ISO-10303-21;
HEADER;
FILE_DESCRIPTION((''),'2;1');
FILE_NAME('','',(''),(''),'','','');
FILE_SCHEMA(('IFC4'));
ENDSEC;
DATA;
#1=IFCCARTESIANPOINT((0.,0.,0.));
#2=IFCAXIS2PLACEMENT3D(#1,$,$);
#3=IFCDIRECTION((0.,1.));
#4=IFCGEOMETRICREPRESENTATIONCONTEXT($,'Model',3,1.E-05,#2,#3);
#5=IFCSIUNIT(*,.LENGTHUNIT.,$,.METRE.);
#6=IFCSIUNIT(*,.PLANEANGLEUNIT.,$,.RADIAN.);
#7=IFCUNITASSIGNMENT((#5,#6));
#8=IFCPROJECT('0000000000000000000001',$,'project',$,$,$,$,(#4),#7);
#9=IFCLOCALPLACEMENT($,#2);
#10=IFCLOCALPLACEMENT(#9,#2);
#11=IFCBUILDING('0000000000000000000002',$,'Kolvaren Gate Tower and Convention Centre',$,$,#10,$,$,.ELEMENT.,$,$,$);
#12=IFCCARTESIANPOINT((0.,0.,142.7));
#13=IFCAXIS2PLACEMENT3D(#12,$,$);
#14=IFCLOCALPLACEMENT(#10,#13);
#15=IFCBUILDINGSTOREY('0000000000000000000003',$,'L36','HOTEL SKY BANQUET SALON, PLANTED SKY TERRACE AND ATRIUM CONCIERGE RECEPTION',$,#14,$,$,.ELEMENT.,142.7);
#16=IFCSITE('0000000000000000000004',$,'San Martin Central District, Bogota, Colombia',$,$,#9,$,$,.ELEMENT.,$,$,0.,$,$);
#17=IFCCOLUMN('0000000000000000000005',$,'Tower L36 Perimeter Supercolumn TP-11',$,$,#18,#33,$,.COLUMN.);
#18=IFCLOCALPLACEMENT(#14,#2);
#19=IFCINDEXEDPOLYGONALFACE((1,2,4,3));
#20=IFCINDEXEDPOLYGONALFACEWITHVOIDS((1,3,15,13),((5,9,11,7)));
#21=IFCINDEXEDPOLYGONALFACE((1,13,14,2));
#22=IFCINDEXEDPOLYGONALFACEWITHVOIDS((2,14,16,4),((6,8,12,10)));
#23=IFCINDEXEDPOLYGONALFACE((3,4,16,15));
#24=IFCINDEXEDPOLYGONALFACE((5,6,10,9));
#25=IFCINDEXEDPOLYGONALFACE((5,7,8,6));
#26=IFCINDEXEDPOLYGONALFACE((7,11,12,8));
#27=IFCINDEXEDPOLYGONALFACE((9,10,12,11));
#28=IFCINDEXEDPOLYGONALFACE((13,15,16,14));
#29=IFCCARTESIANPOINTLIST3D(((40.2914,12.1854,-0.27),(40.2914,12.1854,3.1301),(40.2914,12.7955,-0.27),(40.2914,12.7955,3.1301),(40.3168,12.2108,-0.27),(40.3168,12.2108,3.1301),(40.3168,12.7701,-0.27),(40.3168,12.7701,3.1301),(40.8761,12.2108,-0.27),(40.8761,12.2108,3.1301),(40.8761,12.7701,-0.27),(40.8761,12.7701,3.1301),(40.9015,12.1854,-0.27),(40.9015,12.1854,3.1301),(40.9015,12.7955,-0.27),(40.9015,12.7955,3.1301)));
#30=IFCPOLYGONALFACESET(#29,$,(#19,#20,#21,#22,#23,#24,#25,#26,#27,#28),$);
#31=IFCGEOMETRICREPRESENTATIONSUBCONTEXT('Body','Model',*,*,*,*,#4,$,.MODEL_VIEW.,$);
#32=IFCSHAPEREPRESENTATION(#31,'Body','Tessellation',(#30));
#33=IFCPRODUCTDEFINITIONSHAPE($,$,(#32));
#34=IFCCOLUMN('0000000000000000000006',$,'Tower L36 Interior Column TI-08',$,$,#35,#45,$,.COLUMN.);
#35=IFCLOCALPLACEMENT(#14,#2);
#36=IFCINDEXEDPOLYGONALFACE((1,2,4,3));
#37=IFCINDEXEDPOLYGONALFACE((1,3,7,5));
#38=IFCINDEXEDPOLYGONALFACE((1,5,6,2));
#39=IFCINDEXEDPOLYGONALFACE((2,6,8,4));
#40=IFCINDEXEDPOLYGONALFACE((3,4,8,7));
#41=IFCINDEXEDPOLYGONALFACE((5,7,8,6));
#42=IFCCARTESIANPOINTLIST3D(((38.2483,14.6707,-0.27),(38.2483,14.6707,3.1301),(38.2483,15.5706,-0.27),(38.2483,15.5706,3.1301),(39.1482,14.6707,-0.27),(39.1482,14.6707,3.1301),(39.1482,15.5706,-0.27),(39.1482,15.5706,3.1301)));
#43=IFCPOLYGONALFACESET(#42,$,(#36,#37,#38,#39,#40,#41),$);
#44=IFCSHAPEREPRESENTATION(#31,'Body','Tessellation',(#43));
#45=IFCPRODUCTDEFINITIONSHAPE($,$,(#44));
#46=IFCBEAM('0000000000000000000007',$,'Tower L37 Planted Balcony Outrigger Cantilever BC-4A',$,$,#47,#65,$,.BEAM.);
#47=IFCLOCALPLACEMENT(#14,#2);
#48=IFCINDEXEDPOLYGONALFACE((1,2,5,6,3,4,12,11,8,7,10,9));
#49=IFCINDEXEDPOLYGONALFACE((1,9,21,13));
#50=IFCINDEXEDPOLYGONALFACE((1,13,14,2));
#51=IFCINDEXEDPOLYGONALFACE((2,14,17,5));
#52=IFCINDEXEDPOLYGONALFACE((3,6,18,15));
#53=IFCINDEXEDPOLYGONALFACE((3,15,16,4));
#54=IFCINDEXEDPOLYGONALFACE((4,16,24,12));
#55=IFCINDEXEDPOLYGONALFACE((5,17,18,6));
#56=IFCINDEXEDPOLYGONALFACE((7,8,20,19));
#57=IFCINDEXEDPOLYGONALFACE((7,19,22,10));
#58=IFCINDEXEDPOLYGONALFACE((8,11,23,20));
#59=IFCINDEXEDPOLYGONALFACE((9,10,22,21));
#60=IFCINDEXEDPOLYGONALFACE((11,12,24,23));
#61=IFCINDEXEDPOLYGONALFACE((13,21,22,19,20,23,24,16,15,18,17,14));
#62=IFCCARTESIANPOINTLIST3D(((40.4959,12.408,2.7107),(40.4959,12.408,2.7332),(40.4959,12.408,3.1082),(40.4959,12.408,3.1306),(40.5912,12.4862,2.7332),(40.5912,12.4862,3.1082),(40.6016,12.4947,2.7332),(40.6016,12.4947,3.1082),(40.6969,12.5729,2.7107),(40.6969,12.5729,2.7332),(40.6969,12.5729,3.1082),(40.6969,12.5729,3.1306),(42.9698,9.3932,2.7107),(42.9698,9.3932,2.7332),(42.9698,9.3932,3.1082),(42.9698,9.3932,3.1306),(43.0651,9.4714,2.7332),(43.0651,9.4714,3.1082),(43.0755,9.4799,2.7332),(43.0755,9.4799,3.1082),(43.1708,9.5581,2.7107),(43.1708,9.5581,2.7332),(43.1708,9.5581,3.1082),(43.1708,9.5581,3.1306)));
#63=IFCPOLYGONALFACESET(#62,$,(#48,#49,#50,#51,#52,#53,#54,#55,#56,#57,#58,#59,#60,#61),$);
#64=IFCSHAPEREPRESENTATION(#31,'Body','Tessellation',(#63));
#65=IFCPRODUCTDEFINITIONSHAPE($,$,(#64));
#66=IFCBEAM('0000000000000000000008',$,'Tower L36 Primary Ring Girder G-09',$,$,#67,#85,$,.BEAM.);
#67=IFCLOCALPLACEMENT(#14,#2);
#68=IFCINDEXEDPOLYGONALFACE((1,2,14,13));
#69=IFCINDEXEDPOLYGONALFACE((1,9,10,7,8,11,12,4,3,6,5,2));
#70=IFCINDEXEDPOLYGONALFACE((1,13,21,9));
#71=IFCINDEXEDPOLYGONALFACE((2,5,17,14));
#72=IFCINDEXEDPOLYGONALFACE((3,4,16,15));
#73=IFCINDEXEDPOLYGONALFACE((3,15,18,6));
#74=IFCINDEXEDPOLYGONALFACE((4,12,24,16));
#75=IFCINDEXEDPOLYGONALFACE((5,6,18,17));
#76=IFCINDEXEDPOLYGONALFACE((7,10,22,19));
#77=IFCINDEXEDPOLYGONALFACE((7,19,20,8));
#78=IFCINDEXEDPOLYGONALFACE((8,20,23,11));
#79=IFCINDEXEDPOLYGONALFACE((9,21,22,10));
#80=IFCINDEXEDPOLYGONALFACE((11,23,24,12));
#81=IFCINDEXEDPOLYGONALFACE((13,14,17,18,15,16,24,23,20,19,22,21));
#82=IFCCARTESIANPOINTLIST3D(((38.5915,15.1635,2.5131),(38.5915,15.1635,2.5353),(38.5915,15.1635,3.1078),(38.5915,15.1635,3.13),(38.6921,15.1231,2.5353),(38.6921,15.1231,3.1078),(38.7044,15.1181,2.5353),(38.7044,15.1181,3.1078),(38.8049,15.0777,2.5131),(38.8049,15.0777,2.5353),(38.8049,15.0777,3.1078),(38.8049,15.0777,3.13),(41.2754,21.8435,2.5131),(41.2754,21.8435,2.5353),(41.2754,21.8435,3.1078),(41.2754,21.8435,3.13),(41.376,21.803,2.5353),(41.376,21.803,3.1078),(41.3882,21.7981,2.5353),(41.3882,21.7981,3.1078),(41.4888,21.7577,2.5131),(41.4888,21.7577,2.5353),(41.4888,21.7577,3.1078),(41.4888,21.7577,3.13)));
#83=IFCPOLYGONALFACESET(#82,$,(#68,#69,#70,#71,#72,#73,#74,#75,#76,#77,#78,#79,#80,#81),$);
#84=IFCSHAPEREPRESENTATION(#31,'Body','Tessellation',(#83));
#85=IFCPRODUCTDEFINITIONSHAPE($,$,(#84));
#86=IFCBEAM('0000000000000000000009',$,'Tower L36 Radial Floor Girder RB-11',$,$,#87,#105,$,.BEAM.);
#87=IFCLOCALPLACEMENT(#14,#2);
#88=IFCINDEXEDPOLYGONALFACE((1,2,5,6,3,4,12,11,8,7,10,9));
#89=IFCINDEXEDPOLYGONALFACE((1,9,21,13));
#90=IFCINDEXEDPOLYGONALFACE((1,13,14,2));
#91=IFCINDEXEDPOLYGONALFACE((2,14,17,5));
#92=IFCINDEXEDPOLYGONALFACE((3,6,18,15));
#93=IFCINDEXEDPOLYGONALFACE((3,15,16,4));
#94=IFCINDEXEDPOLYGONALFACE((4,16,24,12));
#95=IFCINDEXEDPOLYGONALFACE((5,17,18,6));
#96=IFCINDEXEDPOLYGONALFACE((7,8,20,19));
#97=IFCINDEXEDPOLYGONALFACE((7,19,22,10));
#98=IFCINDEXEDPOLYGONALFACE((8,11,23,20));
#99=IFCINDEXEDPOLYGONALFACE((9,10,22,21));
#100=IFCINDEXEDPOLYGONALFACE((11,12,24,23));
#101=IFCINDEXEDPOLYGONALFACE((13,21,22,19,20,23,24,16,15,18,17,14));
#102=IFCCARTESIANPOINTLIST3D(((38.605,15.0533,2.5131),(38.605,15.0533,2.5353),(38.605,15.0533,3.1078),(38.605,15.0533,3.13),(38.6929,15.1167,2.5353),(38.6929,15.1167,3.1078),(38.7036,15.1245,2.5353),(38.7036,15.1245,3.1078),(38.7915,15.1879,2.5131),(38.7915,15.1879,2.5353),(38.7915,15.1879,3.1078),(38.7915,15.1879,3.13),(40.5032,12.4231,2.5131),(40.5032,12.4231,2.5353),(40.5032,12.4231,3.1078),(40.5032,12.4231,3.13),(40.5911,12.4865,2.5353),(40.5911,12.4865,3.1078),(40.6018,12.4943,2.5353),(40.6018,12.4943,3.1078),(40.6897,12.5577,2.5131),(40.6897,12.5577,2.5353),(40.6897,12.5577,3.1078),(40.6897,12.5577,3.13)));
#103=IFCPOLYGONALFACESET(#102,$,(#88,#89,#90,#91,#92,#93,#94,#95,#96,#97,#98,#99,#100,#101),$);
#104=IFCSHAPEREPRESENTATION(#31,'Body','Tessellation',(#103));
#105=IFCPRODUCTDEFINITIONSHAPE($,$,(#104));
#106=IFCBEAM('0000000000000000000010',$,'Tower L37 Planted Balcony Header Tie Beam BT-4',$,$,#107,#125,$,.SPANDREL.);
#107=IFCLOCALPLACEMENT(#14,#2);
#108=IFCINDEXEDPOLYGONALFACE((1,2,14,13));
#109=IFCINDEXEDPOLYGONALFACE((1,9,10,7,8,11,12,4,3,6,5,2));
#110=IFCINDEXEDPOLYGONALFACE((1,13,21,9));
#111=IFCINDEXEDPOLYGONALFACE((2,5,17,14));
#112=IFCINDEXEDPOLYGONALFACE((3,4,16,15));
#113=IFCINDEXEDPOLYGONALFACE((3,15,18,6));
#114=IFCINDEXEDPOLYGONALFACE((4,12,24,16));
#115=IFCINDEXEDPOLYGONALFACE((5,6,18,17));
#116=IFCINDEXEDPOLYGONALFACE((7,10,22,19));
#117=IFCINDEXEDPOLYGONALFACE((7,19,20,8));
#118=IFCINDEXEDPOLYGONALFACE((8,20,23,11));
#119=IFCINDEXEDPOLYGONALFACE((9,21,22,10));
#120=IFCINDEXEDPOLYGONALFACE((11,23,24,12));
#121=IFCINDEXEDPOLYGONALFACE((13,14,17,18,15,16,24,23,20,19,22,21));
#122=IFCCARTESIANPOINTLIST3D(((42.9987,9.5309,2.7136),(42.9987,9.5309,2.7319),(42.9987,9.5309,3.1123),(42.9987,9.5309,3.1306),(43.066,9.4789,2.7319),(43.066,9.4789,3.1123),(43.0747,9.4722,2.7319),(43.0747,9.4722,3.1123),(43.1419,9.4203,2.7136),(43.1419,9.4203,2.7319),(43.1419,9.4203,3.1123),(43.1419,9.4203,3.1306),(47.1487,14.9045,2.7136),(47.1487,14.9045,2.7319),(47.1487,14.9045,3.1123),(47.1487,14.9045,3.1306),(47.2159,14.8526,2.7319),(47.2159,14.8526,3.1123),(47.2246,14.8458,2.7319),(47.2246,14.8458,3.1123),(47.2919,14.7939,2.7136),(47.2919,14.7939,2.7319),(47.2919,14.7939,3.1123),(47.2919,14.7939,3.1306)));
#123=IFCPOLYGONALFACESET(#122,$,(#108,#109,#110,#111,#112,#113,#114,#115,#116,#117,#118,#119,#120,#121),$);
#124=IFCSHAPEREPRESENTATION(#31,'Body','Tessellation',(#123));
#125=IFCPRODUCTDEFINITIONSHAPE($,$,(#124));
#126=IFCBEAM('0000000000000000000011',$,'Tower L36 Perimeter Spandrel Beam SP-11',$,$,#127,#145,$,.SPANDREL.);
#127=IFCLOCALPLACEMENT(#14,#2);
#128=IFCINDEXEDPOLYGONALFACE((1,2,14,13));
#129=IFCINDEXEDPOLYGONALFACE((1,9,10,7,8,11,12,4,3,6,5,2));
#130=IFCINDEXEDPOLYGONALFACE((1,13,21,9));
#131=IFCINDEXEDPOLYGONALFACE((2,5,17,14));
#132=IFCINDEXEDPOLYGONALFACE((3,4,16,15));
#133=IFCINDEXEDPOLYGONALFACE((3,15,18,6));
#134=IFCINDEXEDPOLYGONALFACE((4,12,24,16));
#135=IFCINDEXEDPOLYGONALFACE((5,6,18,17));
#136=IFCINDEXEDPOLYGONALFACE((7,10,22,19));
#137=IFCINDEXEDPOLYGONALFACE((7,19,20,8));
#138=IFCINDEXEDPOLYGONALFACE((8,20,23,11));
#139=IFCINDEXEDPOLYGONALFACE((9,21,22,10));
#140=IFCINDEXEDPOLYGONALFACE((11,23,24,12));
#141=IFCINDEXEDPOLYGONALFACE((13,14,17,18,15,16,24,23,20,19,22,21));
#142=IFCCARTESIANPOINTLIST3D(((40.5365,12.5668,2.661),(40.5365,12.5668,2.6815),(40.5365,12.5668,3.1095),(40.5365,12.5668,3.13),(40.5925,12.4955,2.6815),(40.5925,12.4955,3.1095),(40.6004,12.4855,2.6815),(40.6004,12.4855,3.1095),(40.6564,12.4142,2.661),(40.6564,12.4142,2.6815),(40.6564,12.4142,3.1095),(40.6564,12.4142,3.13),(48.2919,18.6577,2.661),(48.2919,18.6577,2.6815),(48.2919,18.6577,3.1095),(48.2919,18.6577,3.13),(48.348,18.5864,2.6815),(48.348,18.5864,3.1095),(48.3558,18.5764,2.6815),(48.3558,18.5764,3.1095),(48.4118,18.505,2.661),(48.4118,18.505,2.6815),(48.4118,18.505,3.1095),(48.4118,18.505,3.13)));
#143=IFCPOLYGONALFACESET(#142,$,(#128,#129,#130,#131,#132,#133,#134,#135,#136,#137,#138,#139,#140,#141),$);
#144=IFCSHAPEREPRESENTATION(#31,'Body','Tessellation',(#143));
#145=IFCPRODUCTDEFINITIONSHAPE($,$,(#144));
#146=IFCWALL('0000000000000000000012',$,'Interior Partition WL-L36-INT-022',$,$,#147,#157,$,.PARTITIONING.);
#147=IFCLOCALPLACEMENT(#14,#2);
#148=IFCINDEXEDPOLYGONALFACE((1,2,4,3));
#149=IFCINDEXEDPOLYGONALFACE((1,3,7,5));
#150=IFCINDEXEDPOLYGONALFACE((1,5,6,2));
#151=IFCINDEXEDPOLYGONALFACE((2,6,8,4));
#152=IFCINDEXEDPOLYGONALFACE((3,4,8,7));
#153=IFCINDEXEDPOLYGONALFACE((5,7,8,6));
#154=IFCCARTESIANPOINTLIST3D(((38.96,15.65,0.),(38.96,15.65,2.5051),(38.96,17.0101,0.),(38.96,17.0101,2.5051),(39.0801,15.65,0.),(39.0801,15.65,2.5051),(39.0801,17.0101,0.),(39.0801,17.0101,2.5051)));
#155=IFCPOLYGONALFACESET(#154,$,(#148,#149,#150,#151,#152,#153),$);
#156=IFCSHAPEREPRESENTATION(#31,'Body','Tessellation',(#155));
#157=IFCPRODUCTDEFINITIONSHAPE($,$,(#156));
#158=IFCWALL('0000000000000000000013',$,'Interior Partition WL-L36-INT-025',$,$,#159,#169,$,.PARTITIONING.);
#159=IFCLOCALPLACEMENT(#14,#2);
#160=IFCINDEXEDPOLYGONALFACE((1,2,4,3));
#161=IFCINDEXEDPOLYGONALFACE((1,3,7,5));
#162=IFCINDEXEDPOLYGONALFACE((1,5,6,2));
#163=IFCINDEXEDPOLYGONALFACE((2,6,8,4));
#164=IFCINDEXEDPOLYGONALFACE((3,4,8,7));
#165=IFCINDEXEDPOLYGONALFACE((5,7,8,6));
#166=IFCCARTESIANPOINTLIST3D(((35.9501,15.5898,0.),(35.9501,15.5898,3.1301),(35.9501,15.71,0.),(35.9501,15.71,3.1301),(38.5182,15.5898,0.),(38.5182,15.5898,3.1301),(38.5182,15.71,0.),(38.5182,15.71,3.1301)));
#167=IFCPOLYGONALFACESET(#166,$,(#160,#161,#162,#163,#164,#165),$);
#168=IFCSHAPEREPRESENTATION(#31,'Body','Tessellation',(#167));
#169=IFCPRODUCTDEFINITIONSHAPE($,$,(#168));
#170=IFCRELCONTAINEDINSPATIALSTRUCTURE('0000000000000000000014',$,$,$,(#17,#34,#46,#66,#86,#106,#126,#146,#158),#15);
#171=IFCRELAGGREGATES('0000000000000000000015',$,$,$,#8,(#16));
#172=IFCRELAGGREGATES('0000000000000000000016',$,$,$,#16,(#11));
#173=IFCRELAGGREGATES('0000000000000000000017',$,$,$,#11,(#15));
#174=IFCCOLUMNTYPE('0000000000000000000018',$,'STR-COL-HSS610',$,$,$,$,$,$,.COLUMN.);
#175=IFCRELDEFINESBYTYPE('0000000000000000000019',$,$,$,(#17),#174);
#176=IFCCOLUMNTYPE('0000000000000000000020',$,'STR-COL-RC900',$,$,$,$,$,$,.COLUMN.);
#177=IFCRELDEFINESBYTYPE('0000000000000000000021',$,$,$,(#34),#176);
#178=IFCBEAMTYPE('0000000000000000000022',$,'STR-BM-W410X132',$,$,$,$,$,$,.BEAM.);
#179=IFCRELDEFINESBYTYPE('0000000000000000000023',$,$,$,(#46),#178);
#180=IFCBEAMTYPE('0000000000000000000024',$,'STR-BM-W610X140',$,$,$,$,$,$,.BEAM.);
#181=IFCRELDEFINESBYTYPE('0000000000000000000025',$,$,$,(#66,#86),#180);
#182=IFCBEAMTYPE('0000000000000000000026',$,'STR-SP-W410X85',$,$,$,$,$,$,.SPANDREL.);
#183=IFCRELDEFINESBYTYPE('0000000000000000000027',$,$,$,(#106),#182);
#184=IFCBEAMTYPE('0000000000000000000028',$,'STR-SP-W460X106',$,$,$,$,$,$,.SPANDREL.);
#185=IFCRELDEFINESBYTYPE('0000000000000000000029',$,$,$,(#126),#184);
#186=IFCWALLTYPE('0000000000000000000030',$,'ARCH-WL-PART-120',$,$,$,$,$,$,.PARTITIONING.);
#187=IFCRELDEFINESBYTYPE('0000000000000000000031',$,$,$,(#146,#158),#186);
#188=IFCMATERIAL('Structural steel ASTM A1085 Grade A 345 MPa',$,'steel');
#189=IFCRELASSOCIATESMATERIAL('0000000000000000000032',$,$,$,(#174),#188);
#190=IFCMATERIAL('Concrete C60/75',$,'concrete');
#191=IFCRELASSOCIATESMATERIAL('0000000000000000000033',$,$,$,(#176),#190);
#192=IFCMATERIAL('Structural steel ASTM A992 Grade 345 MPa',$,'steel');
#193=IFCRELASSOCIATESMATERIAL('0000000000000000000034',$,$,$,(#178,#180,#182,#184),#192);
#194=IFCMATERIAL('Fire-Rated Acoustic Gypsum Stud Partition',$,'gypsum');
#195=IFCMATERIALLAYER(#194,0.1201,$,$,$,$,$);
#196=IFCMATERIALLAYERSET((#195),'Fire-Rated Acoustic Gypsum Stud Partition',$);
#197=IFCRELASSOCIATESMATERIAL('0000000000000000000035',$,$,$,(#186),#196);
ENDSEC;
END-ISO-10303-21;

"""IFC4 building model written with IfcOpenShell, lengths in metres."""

from ifc_helpers import new_model, si_unit, direction, frame, frame_2d, origin, origin_2d, place, context, subcontext, project, spatial, rectangle, hollow_rectangle, i_section, extrude, material, layer, layer_set, material_profile, profile_set, type_object, element, save


model = new_model("IFC4")

# Units and contexts
model_context = context("Model", 3, precision=1e-05, world=origin(), true_north=direction((0.0, 1.0)))
body_context = subcontext(model_context, "Body", "Model", "MODEL_VIEW")
ifc_project = project(units=[si_unit("LENGTHUNIT", "METRE"), si_unit("PLANEANGLEUNIT", "RADIAN")], contexts=[model_context])

# Site, building, storey
site_placement = place(None, origin())
site = spatial("IfcSite", under=ifc_project, at=site_placement, Name="San Martin Central District, Bogota, Colombia", CompositionType="ELEMENT", RefElevation=0.0)
building_placement = place(site_placement, origin())
building = spatial("IfcBuilding", under=site, at=building_placement, Name="Kolvaren Gate Tower and Convention Centre", CompositionType="ELEMENT")
storey_placement = place(building_placement, frame((0.0, 0.0, 142.7)))
storey = spatial("IfcBuildingStorey", under=building, at=storey_placement, Name="L36", Description="HOTEL SKY BANQUET SALON, PLANTED SKY TERRACE AND ATRIUM CONCIERGE RECEPTION", CompositionType="ELEMENT", Elevation=142.7)

# Columns
ifc_material_1 = material(Name="Structural steel ASTM A1085 Grade A 345 MPa", Category="steel")
ifc_material_profile_1 = material_profile(ifc_material_1, hollow_rectangle(XDim=0.6101, YDim=0.6101, WallThickness=0.0254, at=origin_2d()), Name="HSS610X610X25.4")
ifc_profile_set_1 = profile_set([ifc_material_profile_1], Name="Structural steel ASTM A1085 Grade A 345 MPa")
column_type_1 = type_object("IfcColumnType", Name="STR-COL-HSS610", PredefinedType="COLUMN", material=ifc_profile_set_1)
column_1_placement = place(storey_placement, frame((40.5964, 12.4905, -0.27), z_axis=(0.0, 0.0, 1.0), x_axis=(1.0, 0.0, 0.0)))
element("IfcColumn", 1, at=column_1_placement, inside=storey, type_object=column_type_1, Name="Tower L36 Perimeter Supercolumn TP-11", PredefinedType="COLUMN", context=body_context, shape_type="SweptSolid", body=[
    extrude(hollow_rectangle(XDim=0.6101, YDim=0.6101, WallThickness=0.0254, at=origin_2d()), origin(), (0.0, 0.0, 1.0), 3.4001),
])
ifc_material_2 = material(Name="Concrete C60/75", Category="concrete")
ifc_material_profile_2 = material_profile(ifc_material_2, rectangle(XDim=0.8999, YDim=0.8999, at=origin_2d()), Name="RC-COL-900X900")
ifc_profile_set_2 = profile_set([ifc_material_profile_2], Name="Concrete C60/75")
column_type_2 = type_object("IfcColumnType", Name="STR-COL-RC900", PredefinedType="COLUMN", material=ifc_profile_set_2)
column_2_placement = place(storey_placement, frame((38.6982, 15.1206, -0.27), z_axis=(0.0, 0.0, 1.0), x_axis=(1.0, 0.0, 0.0)))
element("IfcColumn", 2, at=column_2_placement, inside=storey, type_object=column_type_2, Name="Tower L36 Interior Column TI-08", PredefinedType="COLUMN", context=body_context, shape_type="SweptSolid", body=[
    extrude(rectangle(XDim=0.8999, YDim=0.8999, at=origin_2d()), origin(), (0.0, 0.0, 1.0), 3.4001),
])

# Beams
ifc_material_3 = material(Name="Structural steel ASTM A992 Grade 345 MPa", Category="steel")
ifc_material_profile_3 = material_profile(ifc_material_3, i_section(OverallWidth=0.26, OverallDepth=0.4199, WebThickness=0.0134, FlangeThickness=0.0225, at=origin_2d()), Name="W410X132")
ifc_profile_set_3 = profile_set([ifc_material_profile_3], Name="Structural steel ASTM A992 Grade 345 MPa")
beam_type_1 = type_object("IfcBeamType", Name="STR-BM-W410X132", PredefinedType="BEAM", material=ifc_profile_set_3)
beam_1_placement = place(storey_placement, frame((40.5964, 12.4905, 2.9207), z_axis=(0.634335, -0.773058, 0.0), x_axis=(0.773058, 0.634335, 0.0)))
element("IfcBeam", 3, at=beam_1_placement, inside=storey, type_object=beam_type_1, Name="Tower L37 Planted Balcony Outrigger Cantilever BC-4A", PredefinedType="BEAM", context=body_context, shape_type="SweptSolid", body=[
    extrude(i_section(OverallWidth=0.26, OverallDepth=0.4199, WebThickness=0.0134, FlangeThickness=0.0225, at=origin_2d()), origin(), (0.0, 0.0, 1.0), 3.8999),
])
ifc_material_profile_4 = material_profile(ifc_material_3, i_section(OverallWidth=0.23, OverallDepth=0.6169, WebThickness=0.0132, FlangeThickness=0.0222, at=origin_2d()), Name="W610X140")
ifc_profile_set_4 = profile_set([ifc_material_profile_4], Name="Structural steel ASTM A992 Grade 345 MPa")
beam_type_2 = type_object("IfcBeamType", Name="STR-BM-W610X140", PredefinedType="BEAM", material=ifc_profile_set_4)
beam_2_placement = place(storey_placement, frame((38.6982, 15.1206, 2.8215), z_axis=(0.372811, 0.927907, 0.0), x_axis=(-0.927907, 0.372811, 0.0)))
element("IfcBeam", 4, at=beam_2_placement, inside=storey, type_object=beam_type_2, Name="Tower L36 Primary Ring Girder G-09", PredefinedType="BEAM", context=body_context, shape_type="SweptSolid", body=[
    extrude(i_section(OverallWidth=0.23, OverallDepth=0.6169, WebThickness=0.0132, FlangeThickness=0.0222, at=origin_2d()), origin(), (0.0, 0.0, 1.0), 7.199),
])
beam_3_placement = place(storey_placement, frame((38.6982, 15.1206, 2.8215), z_axis=(0.585218, -0.810876, 0.0), x_axis=(0.810876, 0.585218, 0.0)))
element("IfcBeam", 5, at=beam_3_placement, inside=storey, type_object=beam_type_2, Name="Tower L36 Radial Floor Girder RB-11", PredefinedType="BEAM", context=body_context, shape_type="SweptSolid", body=[
    extrude(i_section(OverallWidth=0.23, OverallDepth=0.6169, WebThickness=0.0132, FlangeThickness=0.0222, at=origin_2d()), origin(), (0.0, 0.0, 1.0), 3.2437),
])
ifc_material_profile_5 = material_profile(ifc_material_3, i_section(OverallWidth=0.1809, OverallDepth=0.417, WebThickness=0.011, FlangeThickness=0.0183, at=origin_2d()), Name="W410X85")
ifc_profile_set_5 = profile_set([ifc_material_profile_5], Name="Structural steel ASTM A992 Grade 345 MPa")
beam_type_3 = type_object("IfcBeamType", Name="STR-SP-W410X85", PredefinedType="SPANDREL", material=ifc_profile_set_5)
beam_4_placement = place(storey_placement, frame((43.0703, 9.4756, 2.9221), z_axis=(0.611228, 0.791454, 0.0), x_axis=(-0.791454, 0.611228, 0.0)))
element("IfcBeam", 6, at=beam_4_placement, inside=storey, type_object=beam_type_3, Name="Tower L37 Planted Balcony Header Tie Beam BT-4", PredefinedType="SPANDREL", context=body_context, shape_type="SweptSolid", body=[
    extrude(i_section(OverallWidth=0.1809, OverallDepth=0.417, WebThickness=0.011, FlangeThickness=0.0183, at=origin_2d()), origin(), (0.0, 0.0, 1.0), 6.7896),
])
ifc_material_profile_6 = material_profile(ifc_material_3, i_section(OverallWidth=0.1941, OverallDepth=0.469, WebThickness=0.0127, FlangeThickness=0.0205, at=origin_2d()), Name="W460X106")
ifc_profile_set_6 = profile_set([ifc_material_profile_6], Name="Structural steel ASTM A992 Grade 345 MPa")
beam_type_4 = type_object("IfcBeamType", Name="STR-SP-W460X106", PredefinedType="SPANDREL", material=ifc_profile_set_6)
beam_5_placement = place(storey_placement, frame((40.5964, 12.4905, 2.8955), z_axis=(0.786451, 0.617653, 0.0), x_axis=(-0.617653, 0.786451, 0.0)))
element("IfcBeam", 7, at=beam_5_placement, inside=storey, type_object=beam_type_4, Name="Tower L36 Perimeter Spandrel Beam SP-11", PredefinedType="SPANDREL", context=body_context, shape_type="SweptSolid", body=[
    extrude(i_section(OverallWidth=0.1941, OverallDepth=0.469, WebThickness=0.0127, FlangeThickness=0.0205, at=origin_2d()), origin(), (0.0, 0.0, 1.0), 9.8613),
])

# Walls
ifc_material_4 = material(Name="Fire-Rated Acoustic Gypsum Stud Partition", Category="gypsum")
ifc_layer_1 = layer(ifc_material_4, 0.1201)
ifc_layer_set_1 = layer_set([ifc_layer_1], Name="Fire-Rated Acoustic Gypsum Stud Partition")
wall_type_1 = type_object("IfcWallType", Name="ARCH-WL-PART-120", PredefinedType="PARTITIONING", material=ifc_layer_set_1)
wall_1_placement = place(storey_placement, frame((39.02, 15.6499, 0.0), z_axis=(0.0, 0.0, 1.0), x_axis=(0.0, 1.0, 0.0)))
element("IfcWall", 8, at=wall_1_placement, inside=storey, type_object=wall_type_1, Name="Interior Partition WL-L36-INT-022", PredefinedType="PARTITIONING", context=body_context, shape_type="SweptSolid", body=[
    extrude(rectangle(XDim=1.3601, YDim=0.1201, at=frame_2d((0.6802, 0.0))), origin(), (0.0, 0.0, 1.0), 2.5051),
])
wall_2_placement = place(storey_placement, frame((35.95, 15.6499, 0.0), z_axis=(0.0, 0.0, 1.0), x_axis=(1.0, 0.0, 0.0)))
element("IfcWall", 9, at=wall_2_placement, inside=storey, type_object=wall_type_1, Name="Interior Partition WL-L36-INT-025", PredefinedType="PARTITIONING", context=body_context, shape_type="SweptSolid", body=[
    extrude(rectangle(XDim=2.5681, YDim=0.1201, at=frame_2d((1.2842, 0.0))), origin(), (0.0, 0.0, 1.0), 3.1301),
])

save(model, "model.ifc")
